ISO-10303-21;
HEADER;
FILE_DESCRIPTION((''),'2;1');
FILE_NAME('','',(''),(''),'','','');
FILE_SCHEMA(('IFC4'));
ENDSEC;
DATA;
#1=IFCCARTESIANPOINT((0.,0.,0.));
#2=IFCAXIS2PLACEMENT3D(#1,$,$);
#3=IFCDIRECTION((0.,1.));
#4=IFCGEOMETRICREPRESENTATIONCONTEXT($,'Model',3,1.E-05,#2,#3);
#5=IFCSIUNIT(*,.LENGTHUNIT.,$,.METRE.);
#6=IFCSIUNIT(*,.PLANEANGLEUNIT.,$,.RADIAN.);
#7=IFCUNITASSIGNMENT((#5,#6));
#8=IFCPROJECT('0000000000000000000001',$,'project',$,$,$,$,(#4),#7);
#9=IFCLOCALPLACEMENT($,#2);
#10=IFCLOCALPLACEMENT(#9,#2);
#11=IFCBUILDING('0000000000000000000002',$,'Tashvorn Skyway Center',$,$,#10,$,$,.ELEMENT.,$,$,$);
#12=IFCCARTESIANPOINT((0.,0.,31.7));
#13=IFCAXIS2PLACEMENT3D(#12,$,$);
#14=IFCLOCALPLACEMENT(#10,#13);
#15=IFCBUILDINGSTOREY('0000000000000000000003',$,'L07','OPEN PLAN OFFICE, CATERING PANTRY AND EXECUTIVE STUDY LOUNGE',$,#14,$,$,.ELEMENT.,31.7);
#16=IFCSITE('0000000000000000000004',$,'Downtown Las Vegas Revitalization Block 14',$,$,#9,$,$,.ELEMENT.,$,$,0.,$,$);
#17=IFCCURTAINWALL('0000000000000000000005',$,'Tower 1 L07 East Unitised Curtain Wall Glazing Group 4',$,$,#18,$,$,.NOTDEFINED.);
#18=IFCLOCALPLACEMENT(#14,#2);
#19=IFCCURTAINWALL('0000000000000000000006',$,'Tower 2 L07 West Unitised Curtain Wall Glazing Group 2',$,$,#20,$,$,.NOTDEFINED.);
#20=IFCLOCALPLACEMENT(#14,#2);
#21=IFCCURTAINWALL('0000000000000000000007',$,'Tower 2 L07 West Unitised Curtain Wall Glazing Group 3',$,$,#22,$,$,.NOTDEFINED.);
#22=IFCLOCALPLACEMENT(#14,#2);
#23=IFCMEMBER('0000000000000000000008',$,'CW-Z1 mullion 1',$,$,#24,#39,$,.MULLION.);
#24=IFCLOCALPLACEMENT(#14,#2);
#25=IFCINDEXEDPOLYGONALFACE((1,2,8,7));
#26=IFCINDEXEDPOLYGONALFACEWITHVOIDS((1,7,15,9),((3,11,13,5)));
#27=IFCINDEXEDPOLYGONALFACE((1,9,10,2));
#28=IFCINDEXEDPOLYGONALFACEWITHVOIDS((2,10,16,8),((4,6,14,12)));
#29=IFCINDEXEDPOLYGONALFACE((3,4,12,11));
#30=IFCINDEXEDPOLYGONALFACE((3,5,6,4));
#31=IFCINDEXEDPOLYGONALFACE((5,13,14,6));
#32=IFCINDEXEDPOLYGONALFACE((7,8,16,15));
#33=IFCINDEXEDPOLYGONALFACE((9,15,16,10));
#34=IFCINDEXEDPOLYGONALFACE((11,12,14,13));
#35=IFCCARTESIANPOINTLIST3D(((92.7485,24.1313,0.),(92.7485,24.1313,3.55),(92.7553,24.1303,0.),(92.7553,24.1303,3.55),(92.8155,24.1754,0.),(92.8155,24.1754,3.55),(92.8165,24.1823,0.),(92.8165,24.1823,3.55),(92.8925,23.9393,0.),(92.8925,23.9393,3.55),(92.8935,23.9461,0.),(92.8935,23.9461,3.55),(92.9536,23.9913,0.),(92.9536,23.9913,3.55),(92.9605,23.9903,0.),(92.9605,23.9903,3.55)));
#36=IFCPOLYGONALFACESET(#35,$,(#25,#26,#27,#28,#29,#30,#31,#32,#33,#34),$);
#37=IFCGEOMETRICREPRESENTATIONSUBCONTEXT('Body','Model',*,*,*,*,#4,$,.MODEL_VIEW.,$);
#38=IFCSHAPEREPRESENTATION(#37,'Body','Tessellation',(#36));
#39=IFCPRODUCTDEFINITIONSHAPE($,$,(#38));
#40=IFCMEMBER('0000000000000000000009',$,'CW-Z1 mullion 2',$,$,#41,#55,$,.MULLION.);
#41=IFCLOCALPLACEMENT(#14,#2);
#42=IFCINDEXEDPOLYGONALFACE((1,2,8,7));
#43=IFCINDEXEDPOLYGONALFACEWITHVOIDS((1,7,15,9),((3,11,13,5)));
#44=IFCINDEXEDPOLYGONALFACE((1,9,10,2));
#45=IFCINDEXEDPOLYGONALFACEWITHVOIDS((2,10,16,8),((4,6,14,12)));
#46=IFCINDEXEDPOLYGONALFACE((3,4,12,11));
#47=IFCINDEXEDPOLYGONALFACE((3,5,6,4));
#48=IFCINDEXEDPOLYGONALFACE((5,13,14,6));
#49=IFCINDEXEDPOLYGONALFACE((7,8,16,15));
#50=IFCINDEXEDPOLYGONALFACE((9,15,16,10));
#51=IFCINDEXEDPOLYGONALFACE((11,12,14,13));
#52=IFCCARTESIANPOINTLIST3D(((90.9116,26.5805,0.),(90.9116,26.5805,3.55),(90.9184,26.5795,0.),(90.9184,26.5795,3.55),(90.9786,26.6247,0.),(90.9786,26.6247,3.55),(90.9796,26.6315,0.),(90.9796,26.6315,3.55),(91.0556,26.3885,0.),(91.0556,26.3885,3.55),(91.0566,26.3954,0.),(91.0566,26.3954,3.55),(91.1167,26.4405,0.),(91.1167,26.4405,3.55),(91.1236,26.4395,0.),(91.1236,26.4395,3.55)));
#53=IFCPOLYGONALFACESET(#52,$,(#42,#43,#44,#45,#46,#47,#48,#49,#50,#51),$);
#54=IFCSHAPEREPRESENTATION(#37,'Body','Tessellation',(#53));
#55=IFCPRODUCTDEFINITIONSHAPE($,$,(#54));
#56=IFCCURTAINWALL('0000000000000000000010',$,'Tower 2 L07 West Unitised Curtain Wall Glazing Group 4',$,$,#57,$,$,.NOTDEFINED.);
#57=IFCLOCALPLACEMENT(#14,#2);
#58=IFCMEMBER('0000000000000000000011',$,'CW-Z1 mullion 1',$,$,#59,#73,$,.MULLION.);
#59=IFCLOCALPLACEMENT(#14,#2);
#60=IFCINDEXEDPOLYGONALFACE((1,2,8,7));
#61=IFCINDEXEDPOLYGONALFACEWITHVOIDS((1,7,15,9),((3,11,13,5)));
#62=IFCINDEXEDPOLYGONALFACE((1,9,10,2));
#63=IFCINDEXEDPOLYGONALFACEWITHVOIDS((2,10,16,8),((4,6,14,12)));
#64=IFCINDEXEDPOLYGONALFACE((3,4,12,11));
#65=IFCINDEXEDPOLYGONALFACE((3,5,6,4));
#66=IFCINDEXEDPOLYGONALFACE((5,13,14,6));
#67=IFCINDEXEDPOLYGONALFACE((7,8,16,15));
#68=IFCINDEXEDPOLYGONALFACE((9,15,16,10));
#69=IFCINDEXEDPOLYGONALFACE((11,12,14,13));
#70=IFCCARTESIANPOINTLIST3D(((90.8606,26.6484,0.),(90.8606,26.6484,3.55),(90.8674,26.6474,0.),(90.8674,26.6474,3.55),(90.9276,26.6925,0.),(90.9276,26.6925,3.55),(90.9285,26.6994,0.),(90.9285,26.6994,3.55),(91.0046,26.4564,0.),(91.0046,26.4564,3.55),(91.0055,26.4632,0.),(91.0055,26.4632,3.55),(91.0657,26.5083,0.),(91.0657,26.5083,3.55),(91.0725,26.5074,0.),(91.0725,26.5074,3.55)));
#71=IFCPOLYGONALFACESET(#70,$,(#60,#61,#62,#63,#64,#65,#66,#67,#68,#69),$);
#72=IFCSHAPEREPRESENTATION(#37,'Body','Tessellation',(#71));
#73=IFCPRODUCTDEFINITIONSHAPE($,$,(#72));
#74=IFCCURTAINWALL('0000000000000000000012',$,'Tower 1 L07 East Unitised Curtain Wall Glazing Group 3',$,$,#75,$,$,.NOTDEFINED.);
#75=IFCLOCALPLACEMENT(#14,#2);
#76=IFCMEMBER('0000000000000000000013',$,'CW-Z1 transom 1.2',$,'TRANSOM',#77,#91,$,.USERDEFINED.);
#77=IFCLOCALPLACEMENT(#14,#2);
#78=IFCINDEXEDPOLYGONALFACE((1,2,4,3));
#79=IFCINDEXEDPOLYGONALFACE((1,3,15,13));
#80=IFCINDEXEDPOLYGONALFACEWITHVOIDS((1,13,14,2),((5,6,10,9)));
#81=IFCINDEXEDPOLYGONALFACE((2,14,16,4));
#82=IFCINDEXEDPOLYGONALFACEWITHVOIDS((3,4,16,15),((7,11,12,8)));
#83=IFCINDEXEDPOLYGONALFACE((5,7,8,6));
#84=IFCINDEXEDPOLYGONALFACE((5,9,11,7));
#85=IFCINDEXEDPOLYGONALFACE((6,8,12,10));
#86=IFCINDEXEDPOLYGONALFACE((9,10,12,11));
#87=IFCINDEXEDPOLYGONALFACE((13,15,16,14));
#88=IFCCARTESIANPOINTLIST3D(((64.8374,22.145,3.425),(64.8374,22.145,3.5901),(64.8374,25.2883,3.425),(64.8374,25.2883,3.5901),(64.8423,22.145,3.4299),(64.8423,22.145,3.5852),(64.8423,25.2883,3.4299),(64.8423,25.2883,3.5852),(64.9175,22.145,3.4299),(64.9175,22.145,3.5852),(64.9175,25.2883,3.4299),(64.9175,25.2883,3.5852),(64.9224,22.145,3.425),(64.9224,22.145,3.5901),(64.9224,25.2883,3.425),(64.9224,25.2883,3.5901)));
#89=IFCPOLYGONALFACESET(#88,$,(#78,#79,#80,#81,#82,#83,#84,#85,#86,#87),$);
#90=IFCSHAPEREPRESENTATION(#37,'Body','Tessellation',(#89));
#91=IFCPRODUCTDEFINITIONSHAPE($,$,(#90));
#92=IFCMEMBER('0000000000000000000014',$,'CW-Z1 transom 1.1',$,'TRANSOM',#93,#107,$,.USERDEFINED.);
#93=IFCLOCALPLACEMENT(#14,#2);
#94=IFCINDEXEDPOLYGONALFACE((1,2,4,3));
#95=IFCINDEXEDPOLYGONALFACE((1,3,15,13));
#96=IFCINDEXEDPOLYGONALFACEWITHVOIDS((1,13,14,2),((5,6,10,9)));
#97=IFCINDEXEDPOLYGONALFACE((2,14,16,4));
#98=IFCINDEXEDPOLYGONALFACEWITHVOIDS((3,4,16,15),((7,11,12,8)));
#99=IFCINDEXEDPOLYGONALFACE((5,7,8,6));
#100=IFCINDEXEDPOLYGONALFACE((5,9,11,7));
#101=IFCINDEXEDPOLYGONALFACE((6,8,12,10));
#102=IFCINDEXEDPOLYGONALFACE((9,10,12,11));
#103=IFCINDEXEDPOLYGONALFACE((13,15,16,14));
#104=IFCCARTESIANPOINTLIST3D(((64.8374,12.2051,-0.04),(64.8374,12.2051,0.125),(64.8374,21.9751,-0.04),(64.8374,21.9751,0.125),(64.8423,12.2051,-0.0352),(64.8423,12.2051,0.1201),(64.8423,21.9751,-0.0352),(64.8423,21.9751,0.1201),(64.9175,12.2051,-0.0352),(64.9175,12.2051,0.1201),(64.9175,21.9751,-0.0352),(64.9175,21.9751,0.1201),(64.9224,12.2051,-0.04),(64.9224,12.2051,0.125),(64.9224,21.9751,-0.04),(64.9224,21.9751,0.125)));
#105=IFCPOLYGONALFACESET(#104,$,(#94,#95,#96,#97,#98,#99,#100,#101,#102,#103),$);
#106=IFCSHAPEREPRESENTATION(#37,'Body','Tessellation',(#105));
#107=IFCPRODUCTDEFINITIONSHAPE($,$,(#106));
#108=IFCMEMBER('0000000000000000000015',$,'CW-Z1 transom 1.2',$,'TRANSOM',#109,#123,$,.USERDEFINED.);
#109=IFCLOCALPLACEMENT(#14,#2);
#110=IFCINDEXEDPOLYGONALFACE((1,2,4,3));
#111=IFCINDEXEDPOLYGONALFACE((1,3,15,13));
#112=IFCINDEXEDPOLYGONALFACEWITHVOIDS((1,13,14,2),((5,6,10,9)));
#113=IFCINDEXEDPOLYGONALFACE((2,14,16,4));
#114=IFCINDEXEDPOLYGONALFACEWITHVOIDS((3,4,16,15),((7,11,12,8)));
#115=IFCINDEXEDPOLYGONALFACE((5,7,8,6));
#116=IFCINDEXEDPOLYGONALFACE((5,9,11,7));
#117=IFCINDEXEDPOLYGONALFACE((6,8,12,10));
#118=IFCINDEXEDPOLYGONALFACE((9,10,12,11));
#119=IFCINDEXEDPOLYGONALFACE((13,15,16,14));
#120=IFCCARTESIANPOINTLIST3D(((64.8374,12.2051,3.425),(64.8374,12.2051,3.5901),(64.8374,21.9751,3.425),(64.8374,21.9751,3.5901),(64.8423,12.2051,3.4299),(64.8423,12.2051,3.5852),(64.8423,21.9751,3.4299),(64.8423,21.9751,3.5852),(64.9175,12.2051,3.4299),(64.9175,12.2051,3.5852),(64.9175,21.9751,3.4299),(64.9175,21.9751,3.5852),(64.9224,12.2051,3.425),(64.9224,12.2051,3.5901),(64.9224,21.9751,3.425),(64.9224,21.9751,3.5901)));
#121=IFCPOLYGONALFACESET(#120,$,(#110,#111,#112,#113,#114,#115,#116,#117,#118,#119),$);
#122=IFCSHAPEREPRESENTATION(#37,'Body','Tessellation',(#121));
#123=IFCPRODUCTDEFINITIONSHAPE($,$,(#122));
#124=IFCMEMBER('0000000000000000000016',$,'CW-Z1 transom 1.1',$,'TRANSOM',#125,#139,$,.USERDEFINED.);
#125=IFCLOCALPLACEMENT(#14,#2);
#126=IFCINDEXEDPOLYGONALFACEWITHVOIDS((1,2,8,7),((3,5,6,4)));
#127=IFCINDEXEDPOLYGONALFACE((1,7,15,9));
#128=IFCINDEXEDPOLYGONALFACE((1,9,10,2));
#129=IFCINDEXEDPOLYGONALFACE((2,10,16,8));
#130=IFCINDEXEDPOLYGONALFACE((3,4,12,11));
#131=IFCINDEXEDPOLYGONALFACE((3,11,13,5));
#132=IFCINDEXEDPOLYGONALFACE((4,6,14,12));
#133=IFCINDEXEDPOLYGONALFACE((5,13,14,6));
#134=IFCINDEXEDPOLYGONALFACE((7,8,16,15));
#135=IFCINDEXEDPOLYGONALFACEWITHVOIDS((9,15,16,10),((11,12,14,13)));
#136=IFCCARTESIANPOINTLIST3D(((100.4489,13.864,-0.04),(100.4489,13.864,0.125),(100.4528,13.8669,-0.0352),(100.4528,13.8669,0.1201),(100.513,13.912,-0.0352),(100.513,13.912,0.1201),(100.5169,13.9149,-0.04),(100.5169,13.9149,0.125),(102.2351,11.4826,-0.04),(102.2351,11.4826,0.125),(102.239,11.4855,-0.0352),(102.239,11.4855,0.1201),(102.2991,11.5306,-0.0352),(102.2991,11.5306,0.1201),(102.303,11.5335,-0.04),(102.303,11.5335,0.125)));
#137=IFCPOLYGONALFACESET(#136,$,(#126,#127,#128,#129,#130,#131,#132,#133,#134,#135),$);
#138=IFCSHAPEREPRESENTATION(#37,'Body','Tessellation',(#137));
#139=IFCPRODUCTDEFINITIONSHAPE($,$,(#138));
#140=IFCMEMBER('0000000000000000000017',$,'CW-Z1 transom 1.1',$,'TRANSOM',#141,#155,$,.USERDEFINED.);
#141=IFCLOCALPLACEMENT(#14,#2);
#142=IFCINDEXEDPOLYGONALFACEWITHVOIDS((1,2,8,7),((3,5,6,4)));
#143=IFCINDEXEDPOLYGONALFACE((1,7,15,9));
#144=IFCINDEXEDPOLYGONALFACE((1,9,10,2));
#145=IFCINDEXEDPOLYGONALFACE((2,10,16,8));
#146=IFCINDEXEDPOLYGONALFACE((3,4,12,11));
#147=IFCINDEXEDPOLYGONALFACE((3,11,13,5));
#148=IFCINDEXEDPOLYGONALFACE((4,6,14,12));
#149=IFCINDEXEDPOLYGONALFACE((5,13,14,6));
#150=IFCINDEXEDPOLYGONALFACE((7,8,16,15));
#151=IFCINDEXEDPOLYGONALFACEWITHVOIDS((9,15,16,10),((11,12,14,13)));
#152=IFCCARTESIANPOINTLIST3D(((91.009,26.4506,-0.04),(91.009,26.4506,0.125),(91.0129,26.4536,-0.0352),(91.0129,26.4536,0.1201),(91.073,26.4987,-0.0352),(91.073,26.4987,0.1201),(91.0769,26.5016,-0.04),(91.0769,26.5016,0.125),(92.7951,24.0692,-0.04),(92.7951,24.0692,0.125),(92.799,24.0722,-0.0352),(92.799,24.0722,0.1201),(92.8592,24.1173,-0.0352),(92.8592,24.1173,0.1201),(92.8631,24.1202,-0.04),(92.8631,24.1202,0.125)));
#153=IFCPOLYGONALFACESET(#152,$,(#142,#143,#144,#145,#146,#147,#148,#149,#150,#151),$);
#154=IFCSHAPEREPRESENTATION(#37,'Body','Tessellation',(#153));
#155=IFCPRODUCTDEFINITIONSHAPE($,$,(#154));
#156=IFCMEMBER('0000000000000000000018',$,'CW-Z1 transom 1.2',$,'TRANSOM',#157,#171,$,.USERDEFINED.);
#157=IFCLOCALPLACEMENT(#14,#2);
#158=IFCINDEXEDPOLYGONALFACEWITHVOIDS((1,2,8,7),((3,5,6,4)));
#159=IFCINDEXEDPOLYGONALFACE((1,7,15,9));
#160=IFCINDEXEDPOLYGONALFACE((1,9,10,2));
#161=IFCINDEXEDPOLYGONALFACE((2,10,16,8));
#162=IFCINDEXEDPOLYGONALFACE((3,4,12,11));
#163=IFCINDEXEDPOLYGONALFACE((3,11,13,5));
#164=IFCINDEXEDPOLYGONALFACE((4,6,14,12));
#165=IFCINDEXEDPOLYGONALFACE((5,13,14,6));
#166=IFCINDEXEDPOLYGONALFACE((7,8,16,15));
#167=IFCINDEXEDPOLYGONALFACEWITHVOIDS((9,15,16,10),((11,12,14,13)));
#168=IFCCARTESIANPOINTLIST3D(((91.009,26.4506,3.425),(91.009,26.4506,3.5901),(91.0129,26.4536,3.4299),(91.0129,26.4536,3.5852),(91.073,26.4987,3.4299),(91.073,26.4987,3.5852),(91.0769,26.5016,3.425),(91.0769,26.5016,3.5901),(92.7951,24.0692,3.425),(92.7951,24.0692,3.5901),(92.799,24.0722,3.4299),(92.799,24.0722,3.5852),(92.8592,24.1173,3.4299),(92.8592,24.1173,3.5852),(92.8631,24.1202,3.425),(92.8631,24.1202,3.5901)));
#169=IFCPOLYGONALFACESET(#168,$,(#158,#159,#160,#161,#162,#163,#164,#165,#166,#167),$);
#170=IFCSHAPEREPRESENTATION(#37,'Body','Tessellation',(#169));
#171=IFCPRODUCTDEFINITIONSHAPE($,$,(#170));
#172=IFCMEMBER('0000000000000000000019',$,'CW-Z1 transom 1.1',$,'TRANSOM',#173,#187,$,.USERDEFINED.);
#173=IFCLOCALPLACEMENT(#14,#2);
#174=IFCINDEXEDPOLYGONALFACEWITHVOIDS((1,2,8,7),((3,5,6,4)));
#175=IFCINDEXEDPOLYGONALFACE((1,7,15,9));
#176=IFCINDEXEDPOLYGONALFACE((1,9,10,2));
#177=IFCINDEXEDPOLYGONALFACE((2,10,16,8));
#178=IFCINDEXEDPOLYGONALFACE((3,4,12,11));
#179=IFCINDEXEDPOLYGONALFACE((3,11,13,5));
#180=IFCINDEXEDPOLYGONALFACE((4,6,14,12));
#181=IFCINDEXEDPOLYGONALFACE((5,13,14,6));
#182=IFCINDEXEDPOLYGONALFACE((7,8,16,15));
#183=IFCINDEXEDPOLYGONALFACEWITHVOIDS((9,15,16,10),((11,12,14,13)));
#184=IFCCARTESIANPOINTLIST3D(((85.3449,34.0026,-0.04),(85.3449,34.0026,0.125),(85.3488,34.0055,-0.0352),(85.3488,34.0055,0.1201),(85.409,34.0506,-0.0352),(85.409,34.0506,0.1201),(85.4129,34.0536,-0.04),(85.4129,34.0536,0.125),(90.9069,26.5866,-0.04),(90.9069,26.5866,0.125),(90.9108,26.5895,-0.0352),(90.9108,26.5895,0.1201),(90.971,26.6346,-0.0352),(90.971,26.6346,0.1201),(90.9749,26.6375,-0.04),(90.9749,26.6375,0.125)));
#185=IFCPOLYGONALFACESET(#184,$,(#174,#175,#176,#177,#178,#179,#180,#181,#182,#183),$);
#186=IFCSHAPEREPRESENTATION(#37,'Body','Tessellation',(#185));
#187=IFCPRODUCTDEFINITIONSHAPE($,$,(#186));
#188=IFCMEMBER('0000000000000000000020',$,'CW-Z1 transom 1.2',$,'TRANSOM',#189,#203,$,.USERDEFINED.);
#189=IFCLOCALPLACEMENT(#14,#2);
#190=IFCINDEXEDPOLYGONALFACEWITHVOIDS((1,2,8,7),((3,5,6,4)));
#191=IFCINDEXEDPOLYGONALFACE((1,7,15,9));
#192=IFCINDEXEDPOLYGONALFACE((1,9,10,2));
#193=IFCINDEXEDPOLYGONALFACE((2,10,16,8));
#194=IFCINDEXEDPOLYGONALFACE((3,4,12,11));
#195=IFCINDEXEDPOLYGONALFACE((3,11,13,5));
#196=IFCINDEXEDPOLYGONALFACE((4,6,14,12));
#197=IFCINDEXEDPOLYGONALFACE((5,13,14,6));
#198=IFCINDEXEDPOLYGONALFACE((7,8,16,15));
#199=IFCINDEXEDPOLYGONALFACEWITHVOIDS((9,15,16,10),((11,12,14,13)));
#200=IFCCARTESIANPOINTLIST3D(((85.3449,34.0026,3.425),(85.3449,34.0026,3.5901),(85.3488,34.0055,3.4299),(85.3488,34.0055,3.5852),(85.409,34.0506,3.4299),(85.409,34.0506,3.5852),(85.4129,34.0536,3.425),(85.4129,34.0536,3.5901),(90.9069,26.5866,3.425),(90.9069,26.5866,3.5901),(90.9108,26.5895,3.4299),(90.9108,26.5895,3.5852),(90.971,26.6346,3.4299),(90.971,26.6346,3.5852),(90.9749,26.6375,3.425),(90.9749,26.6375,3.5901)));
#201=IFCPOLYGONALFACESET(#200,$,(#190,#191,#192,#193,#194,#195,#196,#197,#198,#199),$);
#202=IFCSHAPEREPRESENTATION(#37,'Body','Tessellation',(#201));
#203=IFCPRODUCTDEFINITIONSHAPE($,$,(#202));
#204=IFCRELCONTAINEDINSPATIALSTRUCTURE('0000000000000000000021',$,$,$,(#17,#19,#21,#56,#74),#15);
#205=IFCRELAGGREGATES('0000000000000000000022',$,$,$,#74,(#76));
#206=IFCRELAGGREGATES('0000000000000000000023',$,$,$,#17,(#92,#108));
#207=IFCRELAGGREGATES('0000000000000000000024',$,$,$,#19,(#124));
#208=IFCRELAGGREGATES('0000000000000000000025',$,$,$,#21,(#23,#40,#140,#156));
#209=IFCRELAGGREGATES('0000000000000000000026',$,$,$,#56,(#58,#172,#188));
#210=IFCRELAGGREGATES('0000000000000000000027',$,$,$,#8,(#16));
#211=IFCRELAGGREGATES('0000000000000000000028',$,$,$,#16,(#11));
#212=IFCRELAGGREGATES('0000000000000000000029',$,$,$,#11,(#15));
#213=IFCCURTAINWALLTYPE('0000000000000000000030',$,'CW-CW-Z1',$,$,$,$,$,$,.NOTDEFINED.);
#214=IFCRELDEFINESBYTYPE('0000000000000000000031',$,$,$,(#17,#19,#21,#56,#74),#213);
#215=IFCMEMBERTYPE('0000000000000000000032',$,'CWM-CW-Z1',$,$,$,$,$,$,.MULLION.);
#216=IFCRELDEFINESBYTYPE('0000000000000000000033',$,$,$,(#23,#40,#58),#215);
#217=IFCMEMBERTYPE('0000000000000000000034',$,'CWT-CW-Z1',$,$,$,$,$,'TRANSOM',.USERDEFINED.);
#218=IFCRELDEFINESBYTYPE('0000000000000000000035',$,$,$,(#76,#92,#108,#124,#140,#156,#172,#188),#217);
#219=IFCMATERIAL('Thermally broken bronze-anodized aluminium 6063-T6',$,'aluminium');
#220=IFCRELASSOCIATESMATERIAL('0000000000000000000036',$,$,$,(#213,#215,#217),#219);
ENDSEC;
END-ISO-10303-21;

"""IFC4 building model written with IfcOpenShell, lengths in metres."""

from ifc_helpers import new_model, si_unit, direction, frame, origin, origin_2d, place, context, subcontext, project, spatial, hollow_rectangle, extrude, material, material_profile, profile_set, type_object, element, aggregate, save


model = new_model("IFC4")

# Units and contexts
model_context = context("Model", 3, precision=1e-05, world=origin(), true_north=direction((0.0, 1.0)))
body_context = subcontext(model_context, "Body", "Model", "MODEL_VIEW")
ifc_project = project(units=[si_unit("LENGTHUNIT", "METRE"), si_unit("PLANEANGLEUNIT", "RADIAN")], contexts=[model_context])

# Site, building, storey
site_placement = place(None, origin())
site = spatial("IfcSite", under=ifc_project, at=site_placement, Name="Downtown Las Vegas Revitalization Block 14", CompositionType="ELEMENT", RefElevation=0.0)
building_placement = place(site_placement, origin())
building = spatial("IfcBuilding", under=site, at=building_placement, Name="Tashvorn Skyway Center", CompositionType="ELEMENT")
storey_placement = place(building_placement, frame((0.0, 0.0, 31.7)))
storey = spatial("IfcBuildingStorey", under=building, at=storey_placement, Name="L07", Description="OPEN PLAN OFFICE, CATERING PANTRY AND EXECUTIVE STUDY LOUNGE", CompositionType="ELEMENT", Elevation=31.7)

# Curtain wall
ifc_material_1 = material(Name="Thermally broken bronze-anodized aluminium 6063-T6", Category="aluminium")
curtain_wall_type = type_object("IfcCurtainWallType", Name="CW-CW-Z1", PredefinedType="NOTDEFINED", material=ifc_material_1)
curtain_wall_1_placement = place(storey_placement, origin())
curtain_wall_1 = element("IfcCurtainWall", 1, at=curtain_wall_1_placement, inside=storey, type_object=curtain_wall_type, Name="Tower 1 L07 East Unitised Curtain Wall Glazing Group 4", PredefinedType="NOTDEFINED")
ifc_material_profile_1 = material_profile(ifc_material_1, hollow_rectangle(XDim=0.085, YDim=0.24, WallThickness=0.0049, at=origin_2d()), Name="ALU-MULL-85x240")
ifc_profile_set_1 = profile_set([ifc_material_profile_1], Name="Thermally broken bronze-anodized aluminium 6063-T6")
member_type_1 = type_object("IfcMemberType", Name="CWM-CW-Z1", PredefinedType="MULLION", material=ifc_profile_set_1)

# Curtain wall
curtain_wall_2_placement = place(storey_placement, origin())
curtain_wall_2 = element("IfcCurtainWall", 2, at=curtain_wall_2_placement, inside=storey, type_object=curtain_wall_type, Name="Tower 2 L07 West Unitised Curtain Wall Glazing Group 2", PredefinedType="NOTDEFINED")

# Curtain wall, members
curtain_wall_3_placement = place(storey_placement, origin())
curtain_wall_3 = element("IfcCurtainWall", 3, at=curtain_wall_3_placement, inside=storey, type_object=curtain_wall_type, Name="Tower 2 L07 West Unitised Curtain Wall Glazing Group 3", PredefinedType="NOTDEFINED")
member_1_placement = place(storey_placement, frame((92.8545, 24.0608, 0.0), z_axis=(0.0, 0.0, 1.0), x_axis=(-0.799996, -0.600005, 0.0)))
member_1 = element("IfcMember", 4, at=member_1_placement, type_object=member_type_1, Name="CW-Z1 mullion 1", PredefinedType="MULLION", context=body_context, shape_type="SweptSolid", body=[
    extrude(hollow_rectangle(XDim=0.085, YDim=0.24, WallThickness=0.0049, at=origin_2d()), origin(), (0.0, 0.0, 1.0), 3.55),
])
member_2_placement = place(storey_placement, frame((91.0176, 26.51, 0.0), z_axis=(0.0, 0.0, 1.0), x_axis=(-0.799996, -0.600005, 0.0)))
member_2 = element("IfcMember", 5, at=member_2_placement, type_object=member_type_1, Name="CW-Z1 mullion 2", PredefinedType="MULLION", context=body_context, shape_type="SweptSolid", body=[
    extrude(hollow_rectangle(XDim=0.085, YDim=0.24, WallThickness=0.0049, at=origin_2d()), origin(), (0.0, 0.0, 1.0), 3.55),
])

# Curtain walls, members
curtain_wall_4_placement = place(storey_placement, origin())
curtain_wall_4 = element("IfcCurtainWall", 6, at=curtain_wall_4_placement, inside=storey, type_object=curtain_wall_type, Name="Tower 2 L07 West Unitised Curtain Wall Glazing Group 4", PredefinedType="NOTDEFINED")
member_3_placement = place(storey_placement, frame((90.9666, 26.5779, 0.0), z_axis=(0.0, 0.0, 1.0), x_axis=(-0.8, -0.6, 0.0)))
member_3 = element("IfcMember", 7, at=member_3_placement, type_object=member_type_1, Name="CW-Z1 mullion 1", PredefinedType="MULLION", context=body_context, shape_type="SweptSolid", body=[
    extrude(hollow_rectangle(XDim=0.085, YDim=0.24, WallThickness=0.0049, at=origin_2d()), origin(), (0.0, 0.0, 1.0), 3.55),
])
curtain_wall_5_placement = place(storey_placement, origin())
curtain_wall_5 = element("IfcCurtainWall", 8, at=curtain_wall_5_placement, inside=storey, type_object=curtain_wall_type, Name="Tower 1 L07 East Unitised Curtain Wall Glazing Group 3", PredefinedType="NOTDEFINED")
ifc_material_profile_2 = material_profile(ifc_material_1, hollow_rectangle(XDim=0.085, YDim=0.165, WallThickness=0.0049, at=origin_2d()), Name="ALU-TRAN-85x165")
ifc_profile_set_2 = profile_set([ifc_material_profile_2], Name="Thermally broken bronze-anodized aluminium 6063-T6")
member_type_2 = type_object("IfcMemberType", Name="CWT-CW-Z1", ElementType="TRANSOM", PredefinedType="USERDEFINED", material=ifc_profile_set_2)
member_4_placement = place(storey_placement, frame((64.8799, 25.2883, 3.5076), z_axis=(0.0, -1.0, 0.0), x_axis=(1.0, 0.0, 0.0)))
member_4 = element("IfcMember", 9, at=member_4_placement, type_object=member_type_2, Name="CW-Z1 transom 1.2", ObjectType="TRANSOM", PredefinedType="USERDEFINED", context=body_context, shape_type="SweptSolid", body=[
    extrude(hollow_rectangle(XDim=0.085, YDim=0.165, WallThickness=0.0049, at=origin_2d()), origin(), (0.0, 0.0, 1.0), 3.1433),
])

# Members
member_5_placement = place(storey_placement, frame((64.8799, 21.9751, 0.0425), z_axis=(0.0, -1.0, 0.0), x_axis=(1.0, 0.0, 0.0)))
member_5 = element("IfcMember", 10, at=member_5_placement, type_object=member_type_2, Name="CW-Z1 transom 1.1", ObjectType="TRANSOM", PredefinedType="USERDEFINED", context=body_context, shape_type="SweptSolid", body=[
    extrude(hollow_rectangle(XDim=0.085, YDim=0.165, WallThickness=0.0049, at=origin_2d()), origin(), (0.0, 0.0, 1.0), 9.77),
])
member_6_placement = place(storey_placement, frame((64.8799, 21.9751, 3.5076), z_axis=(0.0, -1.0, 0.0), x_axis=(1.0, 0.0, 0.0)))
member_6 = element("IfcMember", 11, at=member_6_placement, type_object=member_type_2, Name="CW-Z1 transom 1.2", ObjectType="TRANSOM", PredefinedType="USERDEFINED", context=body_context, shape_type="SweptSolid", body=[
    extrude(hollow_rectangle(XDim=0.085, YDim=0.165, WallThickness=0.0049, at=origin_2d()), origin(), (0.0, 0.0, 1.0), 9.77),
])
member_7_placement = place(storey_placement, frame((102.269, 11.5081, 0.0425), z_axis=(-0.600026, 0.79998, 0.0), x_axis=(-0.79998, -0.600026, 0.0)))
member_7 = element("IfcMember", 12, at=member_7_placement, type_object=member_type_2, Name="CW-Z1 transom 1.1", ObjectType="TRANSOM", PredefinedType="USERDEFINED", context=body_context, shape_type="SweptSolid", body=[
    extrude(hollow_rectangle(XDim=0.085, YDim=0.165, WallThickness=0.0049, at=origin_2d()), origin(), (0.0, 0.0, 1.0), 2.9768),
])
member_8_placement = place(storey_placement, frame((92.8291, 24.0947, 0.0425), z_axis=(-0.600026, 0.79998, 0.0), x_axis=(-0.79998, -0.600026, 0.0)))
member_8 = element("IfcMember", 13, at=member_8_placement, type_object=member_type_2, Name="CW-Z1 transom 1.1", ObjectType="TRANSOM", PredefinedType="USERDEFINED", context=body_context, shape_type="SweptSolid", body=[
    extrude(hollow_rectangle(XDim=0.085, YDim=0.165, WallThickness=0.0049, at=origin_2d()), origin(), (0.0, 0.0, 1.0), 2.9768),
])
member_9_placement = place(storey_placement, frame((92.8291, 24.0947, 3.5076), z_axis=(-0.600026, 0.79998, 0.0), x_axis=(-0.79998, -0.600026, 0.0)))
member_9 = element("IfcMember", 14, at=member_9_placement, type_object=member_type_2, Name="CW-Z1 transom 1.2", ObjectType="TRANSOM", PredefinedType="USERDEFINED", context=body_context, shape_type="SweptSolid", body=[
    extrude(hollow_rectangle(XDim=0.085, YDim=0.165, WallThickness=0.0049, at=origin_2d()), origin(), (0.0, 0.0, 1.0), 2.9768),
])
member_10_placement = place(storey_placement, frame((90.9409, 26.6121, 0.0425), z_axis=(-0.6, 0.8, 0.0), x_axis=(-0.8, -0.6, 0.0)))
member_10 = element("IfcMember", 15, at=member_10_placement, type_object=member_type_2, Name="CW-Z1 transom 1.1", ObjectType="TRANSOM", PredefinedType="USERDEFINED", context=body_context, shape_type="SweptSolid", body=[
    extrude(hollow_rectangle(XDim=0.085, YDim=0.165, WallThickness=0.0049, at=origin_2d()), origin(), (0.0, 0.0, 1.0), 9.27),
])
member_11_placement = place(storey_placement, frame((90.9409, 26.6121, 3.5076), z_axis=(-0.6, 0.8, 0.0), x_axis=(-0.8, -0.6, 0.0)))
member_11 = element("IfcMember", 16, at=member_11_placement, type_object=member_type_2, Name="CW-Z1 transom 1.2", ObjectType="TRANSOM", PredefinedType="USERDEFINED", context=body_context, shape_type="SweptSolid", body=[
    extrude(hollow_rectangle(XDim=0.085, YDim=0.165, WallThickness=0.0049, at=origin_2d()), origin(), (0.0, 0.0, 1.0), 9.27),
])

aggregate(curtain_wall_5, [member_4])
aggregate(curtain_wall_1, [member_5, member_6])
aggregate(curtain_wall_2, [member_7])
aggregate(curtain_wall_3, [member_1, member_2, member_8, member_9])
aggregate(curtain_wall_4, [member_3, member_10, member_11])

save(model, "model.ifc")
